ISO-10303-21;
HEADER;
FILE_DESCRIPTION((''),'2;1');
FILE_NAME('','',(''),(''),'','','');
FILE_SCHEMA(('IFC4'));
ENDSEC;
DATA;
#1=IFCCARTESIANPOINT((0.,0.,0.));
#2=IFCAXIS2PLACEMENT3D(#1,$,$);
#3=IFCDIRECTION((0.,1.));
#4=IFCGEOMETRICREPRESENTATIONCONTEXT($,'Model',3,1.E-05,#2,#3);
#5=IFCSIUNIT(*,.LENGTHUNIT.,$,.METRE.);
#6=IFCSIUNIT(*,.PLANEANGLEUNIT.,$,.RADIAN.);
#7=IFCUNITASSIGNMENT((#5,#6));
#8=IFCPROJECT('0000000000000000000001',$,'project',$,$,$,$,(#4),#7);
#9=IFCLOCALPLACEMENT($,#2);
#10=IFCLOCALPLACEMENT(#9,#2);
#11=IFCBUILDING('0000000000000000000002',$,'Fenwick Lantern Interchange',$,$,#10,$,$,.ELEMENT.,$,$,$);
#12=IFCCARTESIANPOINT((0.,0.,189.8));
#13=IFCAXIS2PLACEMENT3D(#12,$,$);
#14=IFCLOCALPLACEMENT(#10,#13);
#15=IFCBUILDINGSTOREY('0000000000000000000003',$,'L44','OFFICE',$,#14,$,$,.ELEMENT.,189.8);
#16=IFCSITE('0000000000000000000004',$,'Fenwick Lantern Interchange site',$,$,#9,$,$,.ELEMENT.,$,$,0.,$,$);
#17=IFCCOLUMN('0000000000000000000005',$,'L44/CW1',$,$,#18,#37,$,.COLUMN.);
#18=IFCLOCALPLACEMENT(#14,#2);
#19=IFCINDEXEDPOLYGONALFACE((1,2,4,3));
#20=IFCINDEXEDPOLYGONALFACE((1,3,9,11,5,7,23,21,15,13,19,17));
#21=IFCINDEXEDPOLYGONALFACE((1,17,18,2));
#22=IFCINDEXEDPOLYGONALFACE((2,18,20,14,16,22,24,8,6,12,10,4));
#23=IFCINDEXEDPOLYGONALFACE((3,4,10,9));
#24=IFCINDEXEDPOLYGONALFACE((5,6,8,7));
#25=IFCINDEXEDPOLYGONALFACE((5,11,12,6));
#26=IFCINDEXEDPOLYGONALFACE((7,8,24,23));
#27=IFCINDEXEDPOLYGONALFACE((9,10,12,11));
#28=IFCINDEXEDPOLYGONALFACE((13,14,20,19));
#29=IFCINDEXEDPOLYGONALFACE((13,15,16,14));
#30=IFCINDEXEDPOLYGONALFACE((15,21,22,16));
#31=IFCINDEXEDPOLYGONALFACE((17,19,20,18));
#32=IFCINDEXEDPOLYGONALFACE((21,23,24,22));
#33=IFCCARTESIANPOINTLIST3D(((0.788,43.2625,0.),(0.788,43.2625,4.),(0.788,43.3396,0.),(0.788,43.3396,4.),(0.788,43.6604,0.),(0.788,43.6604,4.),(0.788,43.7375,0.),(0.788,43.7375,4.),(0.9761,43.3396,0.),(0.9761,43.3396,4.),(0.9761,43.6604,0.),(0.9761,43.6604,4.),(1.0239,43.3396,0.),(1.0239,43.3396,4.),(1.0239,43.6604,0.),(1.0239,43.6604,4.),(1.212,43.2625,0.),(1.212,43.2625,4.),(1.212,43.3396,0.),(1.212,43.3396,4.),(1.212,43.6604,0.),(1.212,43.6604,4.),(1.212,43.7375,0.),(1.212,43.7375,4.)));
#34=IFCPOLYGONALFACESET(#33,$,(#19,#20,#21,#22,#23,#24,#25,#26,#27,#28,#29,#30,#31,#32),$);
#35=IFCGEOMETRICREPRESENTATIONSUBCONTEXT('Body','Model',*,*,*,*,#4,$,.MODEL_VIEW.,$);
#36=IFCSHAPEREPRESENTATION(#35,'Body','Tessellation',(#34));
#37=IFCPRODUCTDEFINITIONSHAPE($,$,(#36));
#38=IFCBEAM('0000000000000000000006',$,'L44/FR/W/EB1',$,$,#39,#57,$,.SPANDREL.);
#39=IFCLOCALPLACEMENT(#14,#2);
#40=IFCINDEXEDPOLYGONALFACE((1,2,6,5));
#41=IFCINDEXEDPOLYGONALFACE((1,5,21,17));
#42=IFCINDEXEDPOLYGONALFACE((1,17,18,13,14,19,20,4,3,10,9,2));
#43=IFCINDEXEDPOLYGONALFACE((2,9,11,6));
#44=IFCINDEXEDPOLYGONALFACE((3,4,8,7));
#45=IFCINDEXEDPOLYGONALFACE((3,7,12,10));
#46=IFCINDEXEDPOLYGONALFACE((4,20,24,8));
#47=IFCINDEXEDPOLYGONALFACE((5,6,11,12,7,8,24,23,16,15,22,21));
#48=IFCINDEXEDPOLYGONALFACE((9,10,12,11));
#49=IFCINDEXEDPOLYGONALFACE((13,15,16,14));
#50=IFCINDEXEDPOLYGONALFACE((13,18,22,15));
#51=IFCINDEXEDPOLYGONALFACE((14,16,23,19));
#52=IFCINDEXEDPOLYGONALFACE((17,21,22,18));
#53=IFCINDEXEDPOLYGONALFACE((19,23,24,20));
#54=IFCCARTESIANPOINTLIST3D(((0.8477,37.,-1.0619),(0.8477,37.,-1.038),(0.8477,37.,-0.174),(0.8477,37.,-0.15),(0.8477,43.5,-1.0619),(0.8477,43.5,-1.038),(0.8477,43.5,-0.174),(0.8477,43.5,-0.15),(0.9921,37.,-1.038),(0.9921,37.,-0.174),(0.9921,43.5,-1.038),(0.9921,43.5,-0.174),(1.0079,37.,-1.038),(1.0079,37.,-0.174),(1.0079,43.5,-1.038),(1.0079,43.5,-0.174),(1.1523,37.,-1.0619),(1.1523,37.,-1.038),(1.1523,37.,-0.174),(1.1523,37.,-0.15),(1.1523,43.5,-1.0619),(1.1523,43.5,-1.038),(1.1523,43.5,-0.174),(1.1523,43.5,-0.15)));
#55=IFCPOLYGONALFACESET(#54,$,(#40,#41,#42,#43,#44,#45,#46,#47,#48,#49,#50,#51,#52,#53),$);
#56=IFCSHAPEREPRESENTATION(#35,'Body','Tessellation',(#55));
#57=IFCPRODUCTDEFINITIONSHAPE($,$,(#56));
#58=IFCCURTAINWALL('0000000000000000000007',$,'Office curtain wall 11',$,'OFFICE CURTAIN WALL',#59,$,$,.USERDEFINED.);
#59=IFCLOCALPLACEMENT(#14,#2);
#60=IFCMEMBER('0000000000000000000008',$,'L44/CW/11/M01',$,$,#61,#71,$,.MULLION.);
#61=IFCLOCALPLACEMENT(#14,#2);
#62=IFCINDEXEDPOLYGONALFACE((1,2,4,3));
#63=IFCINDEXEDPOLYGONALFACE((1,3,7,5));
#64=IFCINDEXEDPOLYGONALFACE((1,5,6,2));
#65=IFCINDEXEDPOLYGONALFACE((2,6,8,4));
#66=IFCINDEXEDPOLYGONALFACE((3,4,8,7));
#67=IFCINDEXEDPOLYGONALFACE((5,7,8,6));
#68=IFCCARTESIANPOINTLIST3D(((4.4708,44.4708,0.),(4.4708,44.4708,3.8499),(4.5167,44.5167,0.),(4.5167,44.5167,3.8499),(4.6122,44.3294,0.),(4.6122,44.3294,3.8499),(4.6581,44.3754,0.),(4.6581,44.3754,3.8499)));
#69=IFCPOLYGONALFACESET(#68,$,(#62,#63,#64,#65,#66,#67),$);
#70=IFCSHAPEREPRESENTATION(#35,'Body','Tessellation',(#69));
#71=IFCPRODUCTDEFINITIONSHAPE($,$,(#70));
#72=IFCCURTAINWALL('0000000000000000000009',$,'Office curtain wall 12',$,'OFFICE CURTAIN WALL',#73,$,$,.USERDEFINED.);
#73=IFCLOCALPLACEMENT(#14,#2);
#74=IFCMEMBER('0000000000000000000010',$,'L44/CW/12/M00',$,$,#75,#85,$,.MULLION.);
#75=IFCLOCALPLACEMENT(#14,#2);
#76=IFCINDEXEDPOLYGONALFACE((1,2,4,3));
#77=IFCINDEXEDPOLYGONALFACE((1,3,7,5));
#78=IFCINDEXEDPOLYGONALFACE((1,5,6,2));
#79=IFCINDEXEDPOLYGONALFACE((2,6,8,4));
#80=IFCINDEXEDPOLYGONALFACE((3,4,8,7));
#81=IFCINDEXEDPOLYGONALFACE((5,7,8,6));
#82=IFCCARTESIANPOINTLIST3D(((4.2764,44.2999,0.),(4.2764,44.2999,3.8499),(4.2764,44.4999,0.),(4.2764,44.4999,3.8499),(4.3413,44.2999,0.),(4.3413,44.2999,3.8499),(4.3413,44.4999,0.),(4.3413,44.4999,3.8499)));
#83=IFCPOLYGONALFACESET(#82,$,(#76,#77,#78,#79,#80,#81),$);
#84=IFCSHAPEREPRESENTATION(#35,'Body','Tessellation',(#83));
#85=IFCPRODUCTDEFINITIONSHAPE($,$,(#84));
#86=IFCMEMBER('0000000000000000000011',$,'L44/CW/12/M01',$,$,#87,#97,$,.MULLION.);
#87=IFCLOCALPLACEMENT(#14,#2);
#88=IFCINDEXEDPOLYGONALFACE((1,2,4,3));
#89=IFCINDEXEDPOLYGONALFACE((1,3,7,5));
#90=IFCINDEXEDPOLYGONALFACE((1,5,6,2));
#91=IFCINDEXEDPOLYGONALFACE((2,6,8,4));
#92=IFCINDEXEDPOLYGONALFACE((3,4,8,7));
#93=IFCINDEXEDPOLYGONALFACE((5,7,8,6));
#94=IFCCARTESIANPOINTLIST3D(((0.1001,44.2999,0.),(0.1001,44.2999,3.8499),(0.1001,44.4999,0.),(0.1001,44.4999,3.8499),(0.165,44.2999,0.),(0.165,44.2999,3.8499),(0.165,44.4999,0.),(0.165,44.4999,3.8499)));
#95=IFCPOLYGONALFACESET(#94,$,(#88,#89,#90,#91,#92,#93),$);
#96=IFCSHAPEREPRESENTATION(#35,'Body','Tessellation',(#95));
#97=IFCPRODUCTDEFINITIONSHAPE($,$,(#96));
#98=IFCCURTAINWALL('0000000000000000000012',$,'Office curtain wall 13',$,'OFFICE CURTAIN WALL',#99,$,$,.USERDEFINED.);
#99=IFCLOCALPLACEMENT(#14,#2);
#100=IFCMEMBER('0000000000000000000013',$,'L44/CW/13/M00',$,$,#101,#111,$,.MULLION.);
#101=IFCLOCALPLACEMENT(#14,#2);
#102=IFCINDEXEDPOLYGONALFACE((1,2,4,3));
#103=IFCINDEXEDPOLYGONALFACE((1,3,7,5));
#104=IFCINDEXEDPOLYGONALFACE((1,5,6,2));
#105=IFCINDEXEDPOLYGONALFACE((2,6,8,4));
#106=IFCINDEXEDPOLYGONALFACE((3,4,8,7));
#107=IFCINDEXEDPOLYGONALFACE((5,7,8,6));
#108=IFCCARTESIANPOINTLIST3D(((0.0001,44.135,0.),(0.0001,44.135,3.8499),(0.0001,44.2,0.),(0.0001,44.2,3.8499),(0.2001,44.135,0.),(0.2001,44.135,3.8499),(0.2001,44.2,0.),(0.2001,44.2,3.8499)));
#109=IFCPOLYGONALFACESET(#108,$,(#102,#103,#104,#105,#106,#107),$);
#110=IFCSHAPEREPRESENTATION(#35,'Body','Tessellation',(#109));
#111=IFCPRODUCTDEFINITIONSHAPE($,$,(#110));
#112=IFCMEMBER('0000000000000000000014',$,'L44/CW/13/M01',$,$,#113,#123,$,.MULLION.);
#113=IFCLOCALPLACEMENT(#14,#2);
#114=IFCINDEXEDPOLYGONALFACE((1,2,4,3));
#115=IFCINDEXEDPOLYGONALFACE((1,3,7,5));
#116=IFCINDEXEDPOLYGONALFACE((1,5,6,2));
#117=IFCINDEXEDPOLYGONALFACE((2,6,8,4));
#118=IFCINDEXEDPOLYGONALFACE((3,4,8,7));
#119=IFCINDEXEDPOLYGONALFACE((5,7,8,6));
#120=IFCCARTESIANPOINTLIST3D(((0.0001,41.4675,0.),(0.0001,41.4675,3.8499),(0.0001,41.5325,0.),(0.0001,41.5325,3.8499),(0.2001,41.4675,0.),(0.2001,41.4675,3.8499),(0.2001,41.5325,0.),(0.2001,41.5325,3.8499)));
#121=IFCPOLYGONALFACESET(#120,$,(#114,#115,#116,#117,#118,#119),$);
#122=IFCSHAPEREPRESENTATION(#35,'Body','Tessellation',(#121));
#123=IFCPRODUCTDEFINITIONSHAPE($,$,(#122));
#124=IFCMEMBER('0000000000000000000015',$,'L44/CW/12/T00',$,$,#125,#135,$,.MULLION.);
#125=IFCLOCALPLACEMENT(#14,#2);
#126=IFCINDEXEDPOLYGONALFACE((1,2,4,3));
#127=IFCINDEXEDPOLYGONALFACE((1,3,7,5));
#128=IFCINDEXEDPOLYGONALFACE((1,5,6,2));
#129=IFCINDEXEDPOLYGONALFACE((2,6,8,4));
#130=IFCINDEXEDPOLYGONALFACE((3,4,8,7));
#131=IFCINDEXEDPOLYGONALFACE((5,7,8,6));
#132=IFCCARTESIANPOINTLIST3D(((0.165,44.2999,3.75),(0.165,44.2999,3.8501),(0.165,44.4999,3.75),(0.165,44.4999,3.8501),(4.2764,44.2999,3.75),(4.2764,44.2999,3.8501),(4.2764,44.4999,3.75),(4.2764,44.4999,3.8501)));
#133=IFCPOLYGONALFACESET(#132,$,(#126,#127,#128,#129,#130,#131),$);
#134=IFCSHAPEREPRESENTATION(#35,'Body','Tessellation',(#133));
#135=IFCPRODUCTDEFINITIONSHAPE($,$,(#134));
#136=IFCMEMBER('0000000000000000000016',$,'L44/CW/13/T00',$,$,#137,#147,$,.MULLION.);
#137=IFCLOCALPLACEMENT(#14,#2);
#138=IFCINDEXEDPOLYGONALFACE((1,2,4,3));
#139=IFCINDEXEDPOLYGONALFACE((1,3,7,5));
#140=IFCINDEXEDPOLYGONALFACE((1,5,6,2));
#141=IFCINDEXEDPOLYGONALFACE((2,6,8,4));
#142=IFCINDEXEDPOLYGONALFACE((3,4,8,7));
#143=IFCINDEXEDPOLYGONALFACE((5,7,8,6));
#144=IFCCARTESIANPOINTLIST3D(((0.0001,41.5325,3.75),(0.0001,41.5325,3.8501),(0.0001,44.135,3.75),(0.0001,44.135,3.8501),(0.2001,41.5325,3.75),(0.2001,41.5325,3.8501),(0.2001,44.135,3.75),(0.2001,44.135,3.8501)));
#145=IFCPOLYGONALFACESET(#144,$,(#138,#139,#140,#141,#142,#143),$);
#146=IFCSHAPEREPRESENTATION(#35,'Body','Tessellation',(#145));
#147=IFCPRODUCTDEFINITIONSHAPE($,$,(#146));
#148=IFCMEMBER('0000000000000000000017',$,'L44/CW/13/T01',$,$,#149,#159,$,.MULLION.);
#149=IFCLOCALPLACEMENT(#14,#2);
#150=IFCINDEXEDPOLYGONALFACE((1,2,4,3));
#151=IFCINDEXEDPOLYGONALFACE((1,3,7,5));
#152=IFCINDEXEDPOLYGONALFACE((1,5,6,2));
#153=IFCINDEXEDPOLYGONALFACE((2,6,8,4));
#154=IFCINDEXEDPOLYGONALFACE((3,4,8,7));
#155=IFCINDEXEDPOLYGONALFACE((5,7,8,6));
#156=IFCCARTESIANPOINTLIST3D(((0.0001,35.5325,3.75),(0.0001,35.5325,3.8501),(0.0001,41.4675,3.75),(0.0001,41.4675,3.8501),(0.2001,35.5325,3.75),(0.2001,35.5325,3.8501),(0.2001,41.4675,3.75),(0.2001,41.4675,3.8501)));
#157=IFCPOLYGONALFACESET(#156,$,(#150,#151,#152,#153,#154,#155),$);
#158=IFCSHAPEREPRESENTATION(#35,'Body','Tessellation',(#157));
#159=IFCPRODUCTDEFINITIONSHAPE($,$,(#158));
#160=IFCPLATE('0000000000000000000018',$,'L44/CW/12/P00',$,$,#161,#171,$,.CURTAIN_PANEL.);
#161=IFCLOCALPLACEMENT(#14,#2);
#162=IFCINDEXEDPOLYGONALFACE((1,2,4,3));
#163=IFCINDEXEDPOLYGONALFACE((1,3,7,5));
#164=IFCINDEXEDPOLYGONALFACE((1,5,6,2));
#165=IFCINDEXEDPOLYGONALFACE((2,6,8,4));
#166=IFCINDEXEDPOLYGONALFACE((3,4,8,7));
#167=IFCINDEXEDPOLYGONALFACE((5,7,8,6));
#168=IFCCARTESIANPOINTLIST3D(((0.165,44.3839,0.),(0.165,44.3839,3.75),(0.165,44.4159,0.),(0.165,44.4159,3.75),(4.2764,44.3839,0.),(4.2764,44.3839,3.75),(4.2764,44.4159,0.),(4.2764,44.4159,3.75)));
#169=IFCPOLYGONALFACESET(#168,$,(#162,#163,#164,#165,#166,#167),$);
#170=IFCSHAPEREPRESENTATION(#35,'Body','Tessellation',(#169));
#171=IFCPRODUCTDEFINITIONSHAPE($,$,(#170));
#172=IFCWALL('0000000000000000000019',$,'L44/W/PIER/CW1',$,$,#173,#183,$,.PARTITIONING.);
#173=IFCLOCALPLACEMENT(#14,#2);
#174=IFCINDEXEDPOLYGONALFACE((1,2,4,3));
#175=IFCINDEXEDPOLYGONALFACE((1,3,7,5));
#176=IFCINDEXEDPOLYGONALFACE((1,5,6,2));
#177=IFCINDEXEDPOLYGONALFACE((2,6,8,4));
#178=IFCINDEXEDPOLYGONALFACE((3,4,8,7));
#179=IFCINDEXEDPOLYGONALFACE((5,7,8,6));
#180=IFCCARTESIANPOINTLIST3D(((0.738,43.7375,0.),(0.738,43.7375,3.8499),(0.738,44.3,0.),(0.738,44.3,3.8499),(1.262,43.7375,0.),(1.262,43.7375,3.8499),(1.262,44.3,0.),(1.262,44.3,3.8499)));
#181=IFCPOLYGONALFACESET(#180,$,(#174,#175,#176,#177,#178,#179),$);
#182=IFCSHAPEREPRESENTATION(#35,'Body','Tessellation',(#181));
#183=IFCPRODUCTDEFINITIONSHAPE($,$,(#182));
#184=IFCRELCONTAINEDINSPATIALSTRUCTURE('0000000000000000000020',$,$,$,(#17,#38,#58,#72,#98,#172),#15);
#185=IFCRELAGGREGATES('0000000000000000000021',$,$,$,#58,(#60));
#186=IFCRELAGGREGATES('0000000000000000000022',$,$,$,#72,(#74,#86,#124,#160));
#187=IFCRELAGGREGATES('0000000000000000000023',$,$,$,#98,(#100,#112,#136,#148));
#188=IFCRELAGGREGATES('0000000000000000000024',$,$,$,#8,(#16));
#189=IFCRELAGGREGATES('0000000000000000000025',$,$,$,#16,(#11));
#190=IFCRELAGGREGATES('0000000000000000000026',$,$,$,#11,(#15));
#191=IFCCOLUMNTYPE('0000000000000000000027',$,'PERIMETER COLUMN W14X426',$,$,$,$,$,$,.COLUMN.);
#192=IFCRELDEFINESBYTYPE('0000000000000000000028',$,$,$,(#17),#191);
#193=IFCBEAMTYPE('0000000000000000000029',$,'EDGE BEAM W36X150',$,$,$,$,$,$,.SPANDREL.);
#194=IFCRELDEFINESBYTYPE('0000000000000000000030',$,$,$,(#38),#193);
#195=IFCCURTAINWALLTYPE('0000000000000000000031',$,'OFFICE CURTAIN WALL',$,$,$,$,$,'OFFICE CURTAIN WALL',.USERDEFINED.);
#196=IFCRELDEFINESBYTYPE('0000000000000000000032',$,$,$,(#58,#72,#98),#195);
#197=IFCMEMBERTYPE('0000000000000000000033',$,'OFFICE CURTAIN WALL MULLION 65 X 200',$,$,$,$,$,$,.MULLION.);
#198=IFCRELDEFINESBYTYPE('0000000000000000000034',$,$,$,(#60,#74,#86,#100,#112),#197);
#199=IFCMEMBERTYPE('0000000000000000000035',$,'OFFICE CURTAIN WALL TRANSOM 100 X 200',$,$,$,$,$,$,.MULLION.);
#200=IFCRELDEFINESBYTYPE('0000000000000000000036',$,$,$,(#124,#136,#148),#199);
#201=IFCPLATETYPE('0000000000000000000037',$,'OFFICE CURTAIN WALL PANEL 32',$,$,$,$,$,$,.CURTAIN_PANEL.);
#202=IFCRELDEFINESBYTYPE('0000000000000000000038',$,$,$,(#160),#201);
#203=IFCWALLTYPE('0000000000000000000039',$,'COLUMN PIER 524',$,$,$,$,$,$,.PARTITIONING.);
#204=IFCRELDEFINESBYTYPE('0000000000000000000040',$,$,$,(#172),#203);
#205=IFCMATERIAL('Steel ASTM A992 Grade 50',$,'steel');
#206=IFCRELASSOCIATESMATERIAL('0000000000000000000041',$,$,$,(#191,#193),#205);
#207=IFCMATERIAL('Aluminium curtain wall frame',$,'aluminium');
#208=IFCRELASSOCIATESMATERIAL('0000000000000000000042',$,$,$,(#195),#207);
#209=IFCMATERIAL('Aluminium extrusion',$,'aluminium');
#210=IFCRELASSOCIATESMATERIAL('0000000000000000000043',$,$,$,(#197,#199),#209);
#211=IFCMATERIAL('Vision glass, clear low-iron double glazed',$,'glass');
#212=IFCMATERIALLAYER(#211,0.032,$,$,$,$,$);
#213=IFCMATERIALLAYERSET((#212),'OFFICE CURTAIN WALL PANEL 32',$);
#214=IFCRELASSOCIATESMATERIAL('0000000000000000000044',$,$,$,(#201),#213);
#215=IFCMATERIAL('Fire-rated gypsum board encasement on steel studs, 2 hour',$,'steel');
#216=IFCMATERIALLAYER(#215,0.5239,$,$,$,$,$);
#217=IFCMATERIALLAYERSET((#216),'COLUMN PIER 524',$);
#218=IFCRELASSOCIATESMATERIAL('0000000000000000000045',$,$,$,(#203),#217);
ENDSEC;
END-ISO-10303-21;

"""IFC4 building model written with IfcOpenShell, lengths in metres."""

from ifc_helpers import new_model, si_unit, direction, frame, frame_2d, origin, origin_2d, place, context, subcontext, project, spatial, rectangle, i_section, extrude, material, layer, layer_set, material_profile, profile_set, type_object, element, aggregate, save


model = new_model("IFC4")

# Units and contexts
model_context = context("Model", 3, precision=1e-05, world=origin(), true_north=direction((0.0, 1.0)))
body_context = subcontext(model_context, "Body", "Model", "MODEL_VIEW")
ifc_project = project(units=[si_unit("LENGTHUNIT", "METRE"), si_unit("PLANEANGLEUNIT", "RADIAN")], contexts=[model_context])

# Site, building, storey
site_placement = place(None, origin())
site = spatial("IfcSite", under=ifc_project, at=site_placement, Name="Fenwick Lantern Interchange site", CompositionType="ELEMENT", RefElevation=0.0)
building_placement = place(site_placement, origin())
building = spatial("IfcBuilding", under=site, at=building_placement, Name="Fenwick Lantern Interchange", CompositionType="ELEMENT")
storey_placement = place(building_placement, frame((0.0, 0.0, 189.8)))
storey = spatial("IfcBuildingStorey", under=building, at=storey_placement, Name="L44", Description="OFFICE", CompositionType="ELEMENT", Elevation=189.8)

# Column
ifc_material_1 = material(Name="Steel ASTM A992 Grade 50", Category="steel")
ifc_material_profile_1 = material_profile(ifc_material_1, i_section(OverallWidth=0.4241, OverallDepth=0.4751, WebThickness=0.0479, FlangeThickness=0.0771, at=origin_2d()), Name="W14X426")
ifc_profile_set_1 = profile_set([ifc_material_profile_1], Name="Steel ASTM A992 Grade 50")
column_type = type_object("IfcColumnType", Name="PERIMETER COLUMN W14X426", PredefinedType="COLUMN", material=ifc_profile_set_1)
column_placement = place(storey_placement, frame((1.0, 43.5, 0.0), z_axis=(0.0, 0.0, 1.0), x_axis=(1.0, 0.0, 0.0)))
element("IfcColumn", 1, at=column_placement, inside=storey, type_object=column_type, Name="L44/CW1", PredefinedType="COLUMN", context=body_context, shape_type="SweptSolid", body=[
    extrude(i_section(OverallWidth=0.4241, OverallDepth=0.4751, WebThickness=0.0479, FlangeThickness=0.0771, at=origin_2d()), origin(), (0.0, 0.0, 1.0), 4.0),
])

# Beam
ifc_material_profile_2 = material_profile(ifc_material_1, i_section(OverallWidth=0.3047, OverallDepth=0.9119, WebThickness=0.0159, FlangeThickness=0.0239, at=origin_2d()), Name="W36X150")
ifc_profile_set_2 = profile_set([ifc_material_profile_2], Name="Steel ASTM A992 Grade 50")
beam_type = type_object("IfcBeamType", Name="EDGE BEAM W36X150", PredefinedType="SPANDREL", material=ifc_profile_set_2)
beam_placement = place(storey_placement, frame((1.0, 43.5, -0.606), z_axis=(0.0, -1.0, 0.0), x_axis=(1.0, 0.0, 0.0)))
element("IfcBeam", 2, at=beam_placement, inside=storey, type_object=beam_type, Name="L44/FR/W/EB1", PredefinedType="SPANDREL", context=body_context, shape_type="SweptSolid", body=[
    extrude(i_section(OverallWidth=0.3047, OverallDepth=0.9119, WebThickness=0.0159, FlangeThickness=0.0239, at=origin_2d()), origin(), (0.0, 0.0, 1.0), 6.5),
])

# Curtain wall, member
ifc_material_2 = material(Name="Aluminium curtain wall frame", Category="aluminium")
curtain_wall_type = type_object("IfcCurtainWallType", Name="OFFICE CURTAIN WALL", ElementType="OFFICE CURTAIN WALL", PredefinedType="USERDEFINED", material=ifc_material_2)
curtain_wall_1_placement = place(storey_placement, origin())
curtain_wall_1 = element("IfcCurtainWall", 3, at=curtain_wall_1_placement, inside=storey, type_object=curtain_wall_type, Name="Office curtain wall 11", ObjectType="OFFICE CURTAIN WALL", PredefinedType="USERDEFINED")
ifc_material_3 = material(Name="Aluminium extrusion", Category="aluminium")
ifc_material_profile_3 = material_profile(ifc_material_3, rectangle(XDim=0.2, YDim=0.0649, at=origin_2d()), Name="OFFICE CURTAIN WALL MULLION 65 X 200")
ifc_profile_set_3 = profile_set([ifc_material_profile_3], Name="Aluminium extrusion")
member_type_1 = type_object("IfcMemberType", Name="OFFICE CURTAIN WALL MULLION 65 X 200", PredefinedType="MULLION", material=ifc_profile_set_3)
member_1_placement = place(storey_placement, frame((4.5645, 44.4231, 0.0), z_axis=(0.0, 0.0, 1.0), x_axis=(0.707107, -0.707107, 0.0)))
member_1 = element("IfcMember", 4, at=member_1_placement, type_object=member_type_1, Name="L44/CW/11/M01", PredefinedType="MULLION", context=body_context, shape_type="SweptSolid", body=[
    extrude(rectangle(XDim=0.2, YDim=0.0649, at=origin_2d()), origin(), (0.0, 0.0, 1.0), 3.8499),
])
aggregate(curtain_wall_1, [member_1])

# Curtain walls, members
curtain_wall_2_placement = place(storey_placement, origin())
curtain_wall_2 = element("IfcCurtainWall", 5, at=curtain_wall_2_placement, inside=storey, type_object=curtain_wall_type, Name="Office curtain wall 12", ObjectType="OFFICE CURTAIN WALL", PredefinedType="USERDEFINED")
member_2_placement = place(storey_placement, frame((4.3088, 44.3999, 0.0), z_axis=(0.0, 0.0, 1.0), x_axis=(0.0, -1.0, 0.0)))
member_2 = element("IfcMember", 6, at=member_2_placement, type_object=member_type_1, Name="L44/CW/12/M00", PredefinedType="MULLION", context=body_context, shape_type="SweptSolid", body=[
    extrude(rectangle(XDim=0.2, YDim=0.0649, at=origin_2d()), origin(), (0.0, 0.0, 1.0), 3.8499),
])
member_3_placement = place(storey_placement, frame((0.1326, 44.3999, 0.0), z_axis=(0.0, 0.0, 1.0), x_axis=(0.0, -1.0, 0.0)))
member_3 = element("IfcMember", 7, at=member_3_placement, type_object=member_type_1, Name="L44/CW/12/M01", PredefinedType="MULLION", context=body_context, shape_type="SweptSolid", body=[
    extrude(rectangle(XDim=0.2, YDim=0.0649, at=origin_2d()), origin(), (0.0, 0.0, 1.0), 3.8499),
])
curtain_wall_3_placement = place(storey_placement, origin())
curtain_wall_3 = element("IfcCurtainWall", 8, at=curtain_wall_3_placement, inside=storey, type_object=curtain_wall_type, Name="Office curtain wall 13", ObjectType="OFFICE CURTAIN WALL", PredefinedType="USERDEFINED")
member_4_placement = place(storey_placement, frame((0.1001, 44.1675, 0.0), z_axis=(0.0, 0.0, 1.0), x_axis=(1.0, 0.0, 0.0)))
member_4 = element("IfcMember", 9, at=member_4_placement, type_object=member_type_1, Name="L44/CW/13/M00", PredefinedType="MULLION", context=body_context, shape_type="SweptSolid", body=[
    extrude(rectangle(XDim=0.2, YDim=0.0649, at=origin_2d()), origin(), (0.0, 0.0, 1.0), 3.8499),
])
member_5_placement = place(storey_placement, frame((0.1001, 41.5, 0.0), z_axis=(0.0, 0.0, 1.0), x_axis=(1.0, 0.0, 0.0)))
member_5 = element("IfcMember", 10, at=member_5_placement, type_object=member_type_1, Name="L44/CW/13/M01", PredefinedType="MULLION", context=body_context, shape_type="SweptSolid", body=[
    extrude(rectangle(XDim=0.2, YDim=0.0649, at=origin_2d()), origin(), (0.0, 0.0, 1.0), 3.8499),
])

# Members
ifc_material_profile_4 = material_profile(ifc_material_3, rectangle(XDim=0.2, YDim=0.1001, at=origin_2d()), Name="OFFICE CURTAIN WALL TRANSOM 100 X 200")
ifc_profile_set_4 = profile_set([ifc_material_profile_4], Name="Aluminium extrusion")
member_type_2 = type_object("IfcMemberType", Name="OFFICE CURTAIN WALL TRANSOM 100 X 200", PredefinedType="MULLION", material=ifc_profile_set_4)
member_6_placement = place(storey_placement, frame((4.2764, 44.3999, 3.8), z_axis=(-1.0, 0.0, 0.0), x_axis=(0.0, -1.0, 0.0)))
member_6 = element("IfcMember", 11, at=member_6_placement, type_object=member_type_2, Name="L44/CW/12/T00", PredefinedType="MULLION", context=body_context, shape_type="SweptSolid", body=[
    extrude(rectangle(XDim=0.2, YDim=0.1001, at=origin_2d()), origin(), (0.0, 0.0, 1.0), 4.1113),
])
member_7_placement = place(storey_placement, frame((0.1001, 44.135, 3.8), z_axis=(0.0, -1.0, 0.0), x_axis=(1.0, 0.0, 0.0)))
member_7 = element("IfcMember", 12, at=member_7_placement, type_object=member_type_2, Name="L44/CW/13/T00", PredefinedType="MULLION", context=body_context, shape_type="SweptSolid", body=[
    extrude(rectangle(XDim=0.2, YDim=0.1001, at=origin_2d()), origin(), (0.0, 0.0, 1.0), 2.6025),
])
member_8_placement = place(storey_placement, frame((0.1001, 41.4675, 3.8), z_axis=(0.0, -1.0, 0.0), x_axis=(1.0, 0.0, 0.0)))
member_8 = element("IfcMember", 13, at=member_8_placement, type_object=member_type_2, Name="L44/CW/13/T01", PredefinedType="MULLION", context=body_context, shape_type="SweptSolid", body=[
    extrude(rectangle(XDim=0.2, YDim=0.1001, at=origin_2d()), origin(), (0.0, 0.0, 1.0), 5.9351),
])

# Plate
ifc_material_4 = material(Name="Vision glass, clear low-iron double glazed", Category="glass")
ifc_layer_1 = layer(ifc_material_4, 0.032)
ifc_layer_set_1 = layer_set([ifc_layer_1], Name="OFFICE CURTAIN WALL PANEL 32")
plate_type = type_object("IfcPlateType", Name="OFFICE CURTAIN WALL PANEL 32", PredefinedType="CURTAIN_PANEL", material=ifc_layer_set_1)
plate_1_placement = place(storey_placement, frame((2.2207, 44.3999, 0.0), z_axis=(0.0, 0.0, 1.0), x_axis=(-1.0, 0.0, 0.0)))
plate_1 = element("IfcPlate", 14, at=plate_1_placement, type_object=plate_type, Name="L44/CW/12/P00", PredefinedType="CURTAIN_PANEL", context=body_context, shape_type="SweptSolid", body=[
    extrude(rectangle(XDim=4.1113, YDim=0.032, at=origin_2d()), origin(), (0.0, 0.0, 1.0), 3.75),
])
aggregate(curtain_wall_2, [member_2, member_3, member_6, plate_1])
aggregate(curtain_wall_3, [member_4, member_5, member_7, member_8])

# Wall
ifc_material_5 = material(Name="Fire-rated gypsum board encasement on steel studs, 2 hour", Category="steel")
ifc_layer_2 = layer(ifc_material_5, 0.5239)
ifc_layer_set_2 = layer_set([ifc_layer_2], Name="COLUMN PIER 524")
wall_type = type_object("IfcWallType", Name="COLUMN PIER 524", PredefinedType="PARTITIONING", material=ifc_layer_set_2)
wall_placement = place(storey_placement, frame((1.0, 44.3, 0.0), z_axis=(0.0, 0.0, 1.0), x_axis=(0.0, -1.0, 0.0)))
element("IfcWall", 15, at=wall_placement, inside=storey, type_object=wall_type, Name="L44/W/PIER/CW1", PredefinedType="PARTITIONING", context=body_context, shape_type="SweptSolid", body=[
    extrude(rectangle(XDim=0.5625, YDim=0.5239, at=frame_2d((0.2812, 0.0))), origin(), (0.0, 0.0, 1.0), 3.8499),
])

save(model, "model.ifc")
